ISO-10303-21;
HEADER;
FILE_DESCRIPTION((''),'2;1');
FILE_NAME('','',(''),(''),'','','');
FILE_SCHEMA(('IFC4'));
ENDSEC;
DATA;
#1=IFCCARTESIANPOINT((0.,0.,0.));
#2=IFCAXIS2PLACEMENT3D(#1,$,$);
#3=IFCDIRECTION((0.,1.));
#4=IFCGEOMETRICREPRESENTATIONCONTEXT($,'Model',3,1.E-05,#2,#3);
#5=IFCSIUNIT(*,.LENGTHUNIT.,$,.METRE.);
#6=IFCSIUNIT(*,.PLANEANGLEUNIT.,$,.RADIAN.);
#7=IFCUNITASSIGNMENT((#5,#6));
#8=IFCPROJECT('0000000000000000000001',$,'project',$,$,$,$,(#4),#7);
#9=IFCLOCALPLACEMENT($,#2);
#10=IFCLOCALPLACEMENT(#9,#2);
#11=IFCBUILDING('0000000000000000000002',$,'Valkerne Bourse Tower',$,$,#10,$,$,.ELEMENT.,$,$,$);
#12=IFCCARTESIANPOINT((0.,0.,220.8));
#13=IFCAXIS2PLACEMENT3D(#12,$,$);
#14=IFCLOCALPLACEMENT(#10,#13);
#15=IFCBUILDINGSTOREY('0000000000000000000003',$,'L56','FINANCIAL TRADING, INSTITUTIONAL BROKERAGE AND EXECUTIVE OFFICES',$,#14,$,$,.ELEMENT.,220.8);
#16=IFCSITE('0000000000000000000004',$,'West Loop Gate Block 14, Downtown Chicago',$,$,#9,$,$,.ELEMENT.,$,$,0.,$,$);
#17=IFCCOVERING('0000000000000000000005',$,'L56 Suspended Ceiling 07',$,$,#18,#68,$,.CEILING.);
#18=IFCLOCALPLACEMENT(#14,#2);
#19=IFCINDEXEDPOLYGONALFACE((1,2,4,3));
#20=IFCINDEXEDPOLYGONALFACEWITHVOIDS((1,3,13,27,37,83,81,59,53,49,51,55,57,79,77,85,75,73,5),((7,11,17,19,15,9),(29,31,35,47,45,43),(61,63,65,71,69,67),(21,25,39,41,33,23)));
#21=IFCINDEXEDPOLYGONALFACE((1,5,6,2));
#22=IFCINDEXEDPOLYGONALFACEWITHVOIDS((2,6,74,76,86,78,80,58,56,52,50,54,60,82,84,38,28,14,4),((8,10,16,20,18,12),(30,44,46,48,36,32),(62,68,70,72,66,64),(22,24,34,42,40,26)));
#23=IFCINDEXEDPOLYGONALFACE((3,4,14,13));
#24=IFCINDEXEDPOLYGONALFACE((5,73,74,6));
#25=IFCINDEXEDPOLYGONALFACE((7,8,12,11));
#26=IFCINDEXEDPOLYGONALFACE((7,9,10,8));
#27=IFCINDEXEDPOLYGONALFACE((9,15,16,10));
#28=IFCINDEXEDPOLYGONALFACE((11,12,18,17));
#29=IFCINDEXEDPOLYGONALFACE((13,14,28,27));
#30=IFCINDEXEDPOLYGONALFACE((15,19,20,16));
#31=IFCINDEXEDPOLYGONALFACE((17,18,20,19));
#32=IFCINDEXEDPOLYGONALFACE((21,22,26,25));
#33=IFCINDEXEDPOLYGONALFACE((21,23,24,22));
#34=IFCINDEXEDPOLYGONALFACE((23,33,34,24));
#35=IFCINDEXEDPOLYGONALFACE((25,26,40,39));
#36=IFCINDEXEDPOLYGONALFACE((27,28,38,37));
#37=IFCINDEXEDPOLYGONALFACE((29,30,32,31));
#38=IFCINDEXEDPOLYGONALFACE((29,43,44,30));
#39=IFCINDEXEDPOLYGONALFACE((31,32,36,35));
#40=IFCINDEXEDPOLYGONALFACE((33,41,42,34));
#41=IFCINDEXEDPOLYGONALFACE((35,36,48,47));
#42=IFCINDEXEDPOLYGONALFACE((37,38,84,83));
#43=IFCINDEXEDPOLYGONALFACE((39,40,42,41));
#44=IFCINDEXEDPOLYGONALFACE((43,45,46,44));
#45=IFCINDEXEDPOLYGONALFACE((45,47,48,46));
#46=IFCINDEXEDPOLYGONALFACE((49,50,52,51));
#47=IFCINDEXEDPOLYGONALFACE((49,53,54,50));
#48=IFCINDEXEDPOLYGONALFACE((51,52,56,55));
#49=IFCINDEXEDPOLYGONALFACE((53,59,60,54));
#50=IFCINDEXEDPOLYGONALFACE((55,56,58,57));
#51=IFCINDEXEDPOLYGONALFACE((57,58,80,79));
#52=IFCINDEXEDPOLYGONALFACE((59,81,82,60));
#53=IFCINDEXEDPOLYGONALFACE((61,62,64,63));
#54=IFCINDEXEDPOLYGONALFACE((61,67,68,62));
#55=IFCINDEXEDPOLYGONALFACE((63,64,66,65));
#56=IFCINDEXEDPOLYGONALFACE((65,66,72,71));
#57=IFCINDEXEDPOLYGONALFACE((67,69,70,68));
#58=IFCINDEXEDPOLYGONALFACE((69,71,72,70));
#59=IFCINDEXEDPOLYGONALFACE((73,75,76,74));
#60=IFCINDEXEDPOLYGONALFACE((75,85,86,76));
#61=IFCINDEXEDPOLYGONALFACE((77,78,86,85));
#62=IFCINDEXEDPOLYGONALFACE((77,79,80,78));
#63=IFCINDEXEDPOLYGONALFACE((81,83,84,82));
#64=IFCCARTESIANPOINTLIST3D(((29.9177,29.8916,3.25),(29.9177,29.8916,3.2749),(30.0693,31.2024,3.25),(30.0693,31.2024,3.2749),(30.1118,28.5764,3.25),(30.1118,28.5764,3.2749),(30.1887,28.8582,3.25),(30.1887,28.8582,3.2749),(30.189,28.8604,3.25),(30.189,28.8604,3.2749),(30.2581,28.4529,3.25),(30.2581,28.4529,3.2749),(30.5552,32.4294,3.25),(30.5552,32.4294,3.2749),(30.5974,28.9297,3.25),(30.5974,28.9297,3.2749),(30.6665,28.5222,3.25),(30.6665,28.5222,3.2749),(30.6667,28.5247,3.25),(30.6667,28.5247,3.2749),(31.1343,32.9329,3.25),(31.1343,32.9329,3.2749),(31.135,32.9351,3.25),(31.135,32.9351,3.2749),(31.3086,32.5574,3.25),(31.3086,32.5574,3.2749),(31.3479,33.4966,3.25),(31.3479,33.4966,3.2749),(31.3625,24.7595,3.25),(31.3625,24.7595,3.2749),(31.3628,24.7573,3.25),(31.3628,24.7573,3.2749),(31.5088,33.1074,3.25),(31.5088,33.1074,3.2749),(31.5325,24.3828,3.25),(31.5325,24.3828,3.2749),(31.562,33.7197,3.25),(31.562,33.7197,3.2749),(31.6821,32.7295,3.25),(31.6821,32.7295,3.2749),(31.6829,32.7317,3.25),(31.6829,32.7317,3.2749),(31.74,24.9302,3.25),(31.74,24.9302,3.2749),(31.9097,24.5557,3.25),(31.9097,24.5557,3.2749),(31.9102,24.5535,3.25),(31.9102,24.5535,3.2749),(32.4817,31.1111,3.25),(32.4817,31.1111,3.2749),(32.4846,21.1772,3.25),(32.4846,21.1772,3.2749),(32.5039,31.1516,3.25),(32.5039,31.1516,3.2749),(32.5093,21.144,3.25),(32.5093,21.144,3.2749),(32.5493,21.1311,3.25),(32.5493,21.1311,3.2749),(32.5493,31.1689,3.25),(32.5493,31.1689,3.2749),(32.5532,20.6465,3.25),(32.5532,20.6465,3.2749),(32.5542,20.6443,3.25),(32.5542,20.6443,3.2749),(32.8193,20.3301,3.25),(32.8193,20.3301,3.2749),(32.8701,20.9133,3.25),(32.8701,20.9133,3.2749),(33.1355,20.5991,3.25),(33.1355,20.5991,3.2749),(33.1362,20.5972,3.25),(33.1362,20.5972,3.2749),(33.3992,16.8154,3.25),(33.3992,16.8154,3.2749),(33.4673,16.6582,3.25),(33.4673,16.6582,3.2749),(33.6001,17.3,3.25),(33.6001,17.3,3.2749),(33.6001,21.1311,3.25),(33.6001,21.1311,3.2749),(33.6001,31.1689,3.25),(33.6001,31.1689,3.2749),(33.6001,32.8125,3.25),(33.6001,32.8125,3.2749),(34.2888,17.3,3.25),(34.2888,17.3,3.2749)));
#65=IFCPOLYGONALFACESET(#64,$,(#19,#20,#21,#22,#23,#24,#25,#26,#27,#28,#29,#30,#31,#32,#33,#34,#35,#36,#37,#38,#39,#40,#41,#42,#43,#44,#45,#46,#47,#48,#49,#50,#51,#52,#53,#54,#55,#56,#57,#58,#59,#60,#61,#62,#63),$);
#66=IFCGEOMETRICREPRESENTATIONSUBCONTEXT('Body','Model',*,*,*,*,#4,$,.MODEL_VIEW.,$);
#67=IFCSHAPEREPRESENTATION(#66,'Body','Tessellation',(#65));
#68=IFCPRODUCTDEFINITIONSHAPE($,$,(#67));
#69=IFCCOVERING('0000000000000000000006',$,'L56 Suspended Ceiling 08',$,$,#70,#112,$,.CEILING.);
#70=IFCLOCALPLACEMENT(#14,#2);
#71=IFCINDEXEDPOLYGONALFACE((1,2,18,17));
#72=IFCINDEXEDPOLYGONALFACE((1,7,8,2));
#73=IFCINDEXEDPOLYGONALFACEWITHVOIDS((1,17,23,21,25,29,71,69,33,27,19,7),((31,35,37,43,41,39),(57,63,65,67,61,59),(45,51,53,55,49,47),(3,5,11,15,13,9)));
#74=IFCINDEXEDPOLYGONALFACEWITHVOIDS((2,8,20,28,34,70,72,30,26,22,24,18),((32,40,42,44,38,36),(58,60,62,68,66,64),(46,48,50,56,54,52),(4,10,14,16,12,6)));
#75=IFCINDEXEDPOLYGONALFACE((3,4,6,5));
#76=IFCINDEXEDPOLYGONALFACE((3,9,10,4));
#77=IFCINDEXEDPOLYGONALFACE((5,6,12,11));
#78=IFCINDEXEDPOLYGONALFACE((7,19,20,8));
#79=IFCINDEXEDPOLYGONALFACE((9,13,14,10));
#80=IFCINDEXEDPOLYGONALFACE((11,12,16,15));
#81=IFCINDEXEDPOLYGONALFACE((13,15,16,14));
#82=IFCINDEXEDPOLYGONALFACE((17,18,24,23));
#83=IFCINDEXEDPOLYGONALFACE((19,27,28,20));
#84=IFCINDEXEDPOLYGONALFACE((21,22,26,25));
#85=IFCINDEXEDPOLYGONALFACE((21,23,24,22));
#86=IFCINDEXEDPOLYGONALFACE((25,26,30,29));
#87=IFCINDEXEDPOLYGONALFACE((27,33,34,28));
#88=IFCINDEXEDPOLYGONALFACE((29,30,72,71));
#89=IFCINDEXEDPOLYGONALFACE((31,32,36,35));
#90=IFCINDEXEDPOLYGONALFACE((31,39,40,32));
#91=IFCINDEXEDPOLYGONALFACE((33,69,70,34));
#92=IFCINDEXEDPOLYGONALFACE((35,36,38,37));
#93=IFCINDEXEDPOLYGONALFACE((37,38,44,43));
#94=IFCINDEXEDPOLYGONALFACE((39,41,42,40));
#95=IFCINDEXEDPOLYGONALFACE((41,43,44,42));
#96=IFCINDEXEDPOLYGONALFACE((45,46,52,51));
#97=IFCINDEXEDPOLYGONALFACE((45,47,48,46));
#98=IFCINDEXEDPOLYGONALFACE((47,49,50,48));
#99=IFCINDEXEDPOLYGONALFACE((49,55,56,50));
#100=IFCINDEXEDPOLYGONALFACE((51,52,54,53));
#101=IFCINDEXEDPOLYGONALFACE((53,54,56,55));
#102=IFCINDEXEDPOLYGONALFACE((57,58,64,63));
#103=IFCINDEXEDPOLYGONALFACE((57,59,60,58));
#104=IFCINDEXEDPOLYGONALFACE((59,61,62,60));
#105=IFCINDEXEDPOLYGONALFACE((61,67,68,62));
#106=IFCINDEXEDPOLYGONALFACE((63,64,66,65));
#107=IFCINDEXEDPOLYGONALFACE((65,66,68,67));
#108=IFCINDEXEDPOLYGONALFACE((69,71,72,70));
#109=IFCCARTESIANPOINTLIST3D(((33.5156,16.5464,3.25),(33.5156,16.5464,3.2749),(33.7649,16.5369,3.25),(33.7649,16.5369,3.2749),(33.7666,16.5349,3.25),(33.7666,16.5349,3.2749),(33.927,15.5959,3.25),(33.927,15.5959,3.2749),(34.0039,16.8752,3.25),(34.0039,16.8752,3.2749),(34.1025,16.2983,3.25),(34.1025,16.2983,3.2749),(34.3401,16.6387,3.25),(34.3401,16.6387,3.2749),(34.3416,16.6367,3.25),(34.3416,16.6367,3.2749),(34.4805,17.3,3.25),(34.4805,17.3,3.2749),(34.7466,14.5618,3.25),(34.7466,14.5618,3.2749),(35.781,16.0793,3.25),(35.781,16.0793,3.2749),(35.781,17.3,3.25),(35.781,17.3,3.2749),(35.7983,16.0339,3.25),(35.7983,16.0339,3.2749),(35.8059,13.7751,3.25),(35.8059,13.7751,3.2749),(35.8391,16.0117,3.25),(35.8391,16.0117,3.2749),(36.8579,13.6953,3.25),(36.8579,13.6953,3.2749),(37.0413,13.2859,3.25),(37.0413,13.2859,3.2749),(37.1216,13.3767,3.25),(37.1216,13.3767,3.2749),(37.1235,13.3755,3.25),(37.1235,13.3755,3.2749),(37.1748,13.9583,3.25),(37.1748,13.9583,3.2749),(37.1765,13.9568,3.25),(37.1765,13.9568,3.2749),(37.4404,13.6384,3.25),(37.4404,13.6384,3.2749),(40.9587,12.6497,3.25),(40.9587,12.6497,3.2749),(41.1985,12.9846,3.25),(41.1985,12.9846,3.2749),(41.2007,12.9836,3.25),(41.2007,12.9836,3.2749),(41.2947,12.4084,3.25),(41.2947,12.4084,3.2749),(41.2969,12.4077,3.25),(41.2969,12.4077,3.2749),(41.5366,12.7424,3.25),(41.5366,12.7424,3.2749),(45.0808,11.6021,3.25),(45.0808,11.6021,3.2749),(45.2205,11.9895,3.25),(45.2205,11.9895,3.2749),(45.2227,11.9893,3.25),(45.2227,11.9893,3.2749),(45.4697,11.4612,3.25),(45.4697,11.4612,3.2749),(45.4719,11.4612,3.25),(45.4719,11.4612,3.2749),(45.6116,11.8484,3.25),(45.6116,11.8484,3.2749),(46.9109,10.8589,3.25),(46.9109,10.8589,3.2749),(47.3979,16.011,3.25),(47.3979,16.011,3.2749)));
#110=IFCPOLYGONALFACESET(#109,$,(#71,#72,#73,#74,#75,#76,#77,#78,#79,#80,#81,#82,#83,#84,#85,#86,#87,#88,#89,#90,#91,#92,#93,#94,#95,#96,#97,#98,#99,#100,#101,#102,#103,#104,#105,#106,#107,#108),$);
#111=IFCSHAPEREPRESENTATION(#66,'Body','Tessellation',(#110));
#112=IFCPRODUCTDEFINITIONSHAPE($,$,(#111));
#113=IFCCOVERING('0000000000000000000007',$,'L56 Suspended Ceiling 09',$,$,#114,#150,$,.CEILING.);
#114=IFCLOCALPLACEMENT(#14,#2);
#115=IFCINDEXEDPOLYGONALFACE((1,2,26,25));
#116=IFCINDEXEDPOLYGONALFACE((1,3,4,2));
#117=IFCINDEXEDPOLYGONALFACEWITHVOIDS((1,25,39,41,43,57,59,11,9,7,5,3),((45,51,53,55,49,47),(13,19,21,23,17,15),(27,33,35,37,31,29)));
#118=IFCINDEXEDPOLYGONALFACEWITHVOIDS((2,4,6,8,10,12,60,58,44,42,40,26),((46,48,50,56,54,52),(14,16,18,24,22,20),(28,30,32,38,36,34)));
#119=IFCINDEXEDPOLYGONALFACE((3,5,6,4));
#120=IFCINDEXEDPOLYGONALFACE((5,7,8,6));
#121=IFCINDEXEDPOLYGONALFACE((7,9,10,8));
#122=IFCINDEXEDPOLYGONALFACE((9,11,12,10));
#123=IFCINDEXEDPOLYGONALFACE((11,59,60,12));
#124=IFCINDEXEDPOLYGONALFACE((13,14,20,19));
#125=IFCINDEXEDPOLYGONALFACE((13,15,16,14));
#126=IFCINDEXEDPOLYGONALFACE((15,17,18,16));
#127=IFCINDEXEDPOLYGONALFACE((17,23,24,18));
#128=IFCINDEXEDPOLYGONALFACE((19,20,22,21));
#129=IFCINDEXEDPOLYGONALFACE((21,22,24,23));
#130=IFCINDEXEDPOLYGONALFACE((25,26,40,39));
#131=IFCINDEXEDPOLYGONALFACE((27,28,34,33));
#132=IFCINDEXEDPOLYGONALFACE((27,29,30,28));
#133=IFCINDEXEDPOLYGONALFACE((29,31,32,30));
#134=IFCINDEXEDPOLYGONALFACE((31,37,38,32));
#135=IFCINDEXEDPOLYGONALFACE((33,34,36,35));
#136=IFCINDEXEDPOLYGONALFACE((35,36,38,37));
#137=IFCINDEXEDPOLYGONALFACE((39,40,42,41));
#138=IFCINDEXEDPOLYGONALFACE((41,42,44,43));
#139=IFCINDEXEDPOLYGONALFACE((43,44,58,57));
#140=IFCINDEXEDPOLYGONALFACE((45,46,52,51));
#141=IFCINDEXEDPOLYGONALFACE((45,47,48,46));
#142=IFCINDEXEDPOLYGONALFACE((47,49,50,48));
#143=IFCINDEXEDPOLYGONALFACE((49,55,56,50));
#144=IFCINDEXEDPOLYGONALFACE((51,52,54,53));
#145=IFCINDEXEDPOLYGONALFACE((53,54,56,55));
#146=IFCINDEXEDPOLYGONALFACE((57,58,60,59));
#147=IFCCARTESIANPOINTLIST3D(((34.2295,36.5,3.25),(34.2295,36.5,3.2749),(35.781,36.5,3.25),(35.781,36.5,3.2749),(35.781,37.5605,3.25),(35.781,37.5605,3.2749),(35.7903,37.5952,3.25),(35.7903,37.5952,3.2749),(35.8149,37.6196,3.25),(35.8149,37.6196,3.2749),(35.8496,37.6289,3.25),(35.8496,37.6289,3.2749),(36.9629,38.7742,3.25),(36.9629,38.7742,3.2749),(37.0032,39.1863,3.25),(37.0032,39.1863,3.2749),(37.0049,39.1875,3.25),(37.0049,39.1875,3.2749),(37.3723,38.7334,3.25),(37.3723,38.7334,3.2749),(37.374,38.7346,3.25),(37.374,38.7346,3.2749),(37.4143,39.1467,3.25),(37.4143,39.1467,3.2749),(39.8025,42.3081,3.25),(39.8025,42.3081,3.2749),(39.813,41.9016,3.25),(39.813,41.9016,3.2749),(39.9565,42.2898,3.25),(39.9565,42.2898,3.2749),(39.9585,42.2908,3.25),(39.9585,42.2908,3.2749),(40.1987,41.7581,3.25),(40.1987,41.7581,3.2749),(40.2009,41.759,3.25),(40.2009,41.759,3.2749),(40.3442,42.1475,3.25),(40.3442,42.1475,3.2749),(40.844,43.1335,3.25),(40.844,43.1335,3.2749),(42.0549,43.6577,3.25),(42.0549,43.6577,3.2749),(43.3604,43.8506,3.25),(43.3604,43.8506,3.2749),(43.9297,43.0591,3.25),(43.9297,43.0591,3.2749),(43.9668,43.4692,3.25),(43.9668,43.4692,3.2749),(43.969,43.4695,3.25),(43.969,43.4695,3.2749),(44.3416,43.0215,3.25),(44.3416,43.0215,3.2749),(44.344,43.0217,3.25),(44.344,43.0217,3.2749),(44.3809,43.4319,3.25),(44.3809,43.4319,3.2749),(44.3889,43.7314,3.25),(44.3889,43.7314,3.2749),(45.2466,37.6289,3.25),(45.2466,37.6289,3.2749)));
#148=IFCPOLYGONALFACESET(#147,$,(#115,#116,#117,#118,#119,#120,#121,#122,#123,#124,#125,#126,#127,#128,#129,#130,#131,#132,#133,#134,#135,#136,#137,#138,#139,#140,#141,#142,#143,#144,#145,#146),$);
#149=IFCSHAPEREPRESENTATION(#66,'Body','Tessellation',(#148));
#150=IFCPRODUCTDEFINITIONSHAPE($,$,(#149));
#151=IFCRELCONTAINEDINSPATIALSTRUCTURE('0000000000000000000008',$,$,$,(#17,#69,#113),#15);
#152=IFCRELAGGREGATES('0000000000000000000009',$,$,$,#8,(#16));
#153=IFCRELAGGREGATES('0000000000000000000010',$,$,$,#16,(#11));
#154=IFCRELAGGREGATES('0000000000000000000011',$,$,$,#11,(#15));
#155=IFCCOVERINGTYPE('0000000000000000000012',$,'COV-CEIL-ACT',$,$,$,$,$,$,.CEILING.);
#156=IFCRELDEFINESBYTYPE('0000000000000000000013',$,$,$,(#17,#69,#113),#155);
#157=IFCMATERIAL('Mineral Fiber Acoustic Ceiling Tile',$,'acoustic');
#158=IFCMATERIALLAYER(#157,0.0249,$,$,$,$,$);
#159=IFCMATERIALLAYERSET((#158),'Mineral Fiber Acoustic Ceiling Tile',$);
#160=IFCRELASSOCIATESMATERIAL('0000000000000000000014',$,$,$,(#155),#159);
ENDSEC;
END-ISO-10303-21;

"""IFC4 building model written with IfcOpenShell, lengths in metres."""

from ifc_helpers import new_model, si_unit, direction, frame, origin, place, context, subcontext, project, spatial, polyline, outline, extrude, material, layer, layer_set, type_object, element, save


model = new_model("IFC4")

# Units and contexts
model_context = context("Model", 3, precision=1e-05, world=origin(), true_north=direction((0.0, 1.0)))
body_context = subcontext(model_context, "Body", "Model", "MODEL_VIEW")
ifc_project = project(units=[si_unit("LENGTHUNIT", "METRE"), si_unit("PLANEANGLEUNIT", "RADIAN")], contexts=[model_context])

# Site, building, storey
site_placement = place(None, origin())
site = spatial("IfcSite", under=ifc_project, at=site_placement, Name="West Loop Gate Block 14, Downtown Chicago", CompositionType="ELEMENT", RefElevation=0.0)
building_placement = place(site_placement, origin())
building = spatial("IfcBuilding", under=site, at=building_placement, Name="Valkerne Bourse Tower", CompositionType="ELEMENT")
storey_placement = place(building_placement, frame((0.0, 0.0, 220.8)))
storey = spatial("IfcBuildingStorey", under=building, at=storey_placement, Name="L56", Description="FINANCIAL TRADING, INSTITUTIONAL BROKERAGE AND EXECUTIVE OFFICES", CompositionType="ELEMENT", Elevation=220.8)

# Coverings
ifc_material_1 = material(Name="Mineral Fiber Acoustic Ceiling Tile", Category="acoustic")
ifc_layer_1 = layer(ifc_material_1, 0.0249)
ifc_layer_set_1 = layer_set([ifc_layer_1], Name="Mineral Fiber Acoustic Ceiling Tile")
covering_type_1 = type_object("IfcCoveringType", Name="COV-CEIL-ACT", PredefinedType="CEILING", material=ifc_layer_set_1)
covering_1_placement = place(storey_placement, frame((0.0, 0.0, 3.25)))
element("IfcCovering", 1, at=covering_1_placement, inside=storey, type_object=covering_type_1, Name="L56 Suspended Ceiling 07", PredefinedType="CEILING", context=body_context, shape_type="SweptSolid", body=[
    extrude(outline(polyline([(29.9177, 29.8916), (30.0693, 31.2024), (30.5552, 32.4294), (31.3479, 33.4966), (31.562, 33.7197), (33.6001, 32.8125), (33.6001, 31.1689), (32.5493, 31.1689), (32.5039, 31.1516), (32.4817, 31.1111), (32.4846, 21.1772), (32.5093, 21.144), (32.5493, 21.1311), (33.6001, 21.1311), (33.6001, 17.3), (34.2888, 17.3), (33.4673, 16.6582), (33.3992, 16.8154), (30.1118, 28.5764), (29.9177, 29.8916)]), holes=[polyline([(33.1355, 20.5991), (32.8701, 20.9133), (32.5532, 20.6465), (32.5542, 20.6443), (32.8193, 20.3301), (33.1362, 20.5972), (33.1355, 20.5991)]), polyline([(31.9097, 24.5557), (31.74, 24.9302), (31.3625, 24.7595), (31.3628, 24.7573), (31.5325, 24.3828), (31.9102, 24.5535), (31.9097, 24.5557)]), polyline([(30.6667, 28.5247), (30.5974, 28.9297), (30.189, 28.8604), (30.1887, 28.8582), (30.2581, 28.4529), (30.6665, 28.5222), (30.6667, 28.5247)]), polyline([(31.6829, 32.7317), (31.5088, 33.1074), (31.135, 32.9351), (31.1343, 32.9329), (31.3086, 32.5574), (31.6821, 32.7295), (31.6829, 32.7317)])]), origin(), (0.0, 0.0, 1.0), 0.0249),
])
covering_2_placement = place(storey_placement, frame((0.0, 0.0, 3.25)))
element("IfcCovering", 2, at=covering_2_placement, inside=storey, type_object=covering_type_1, Name="L56 Suspended Ceiling 08", PredefinedType="CEILING", context=body_context, shape_type="SweptSolid", body=[
    extrude(outline(polyline([(34.7466, 14.5618), (33.927, 15.5959), (33.5156, 16.5464), (34.4805, 17.3), (35.781, 17.3), (35.781, 16.0793), (35.7983, 16.0339), (35.8391, 16.0117), (47.3979, 16.011), (46.9109, 10.8589), (37.0413, 13.2859), (35.8059, 13.7751), (34.7466, 14.5618)]), holes=[polyline([(45.2227, 11.9893), (45.2205, 11.9895), (45.0808, 11.6021), (45.4697, 11.4612), (45.4719, 11.4612), (45.6116, 11.8484), (45.2227, 11.9893)]), polyline([(41.2007, 12.9836), (41.1985, 12.9846), (40.9587, 12.6497), (41.2947, 12.4084), (41.2969, 12.4077), (41.5366, 12.7424), (41.2007, 12.9836)]), polyline([(37.1765, 13.9568), (37.1748, 13.9583), (36.8579, 13.6953), (37.1216, 13.3767), (37.1235, 13.3755), (37.4404, 13.6384), (37.1765, 13.9568)]), polyline([(34.3401, 16.6387), (34.0039, 16.8752), (33.7649, 16.5369), (33.7666, 16.5349), (34.1025, 16.2983), (34.3416, 16.6367), (34.3401, 16.6387)])]), origin(), (0.0, 0.0, 1.0), 0.0249),
])
covering_3_placement = place(storey_placement, frame((0.0, 0.0, 3.25)))
element("IfcCovering", 3, at=covering_3_placement, inside=storey, type_object=covering_type_1, Name="L56 Suspended Ceiling 09", PredefinedType="CEILING", context=body_context, shape_type="SweptSolid", body=[
    extrude(outline(polyline([(42.0549, 43.6577), (43.3604, 43.8506), (44.3889, 43.7314), (45.2466, 37.6289), (35.8496, 37.6289), (35.8149, 37.6196), (35.7903, 37.5952), (35.781, 37.5605), (35.781, 36.5), (34.2295, 36.5), (39.8025, 42.3081), (40.844, 43.1335), (42.0549, 43.6577)]), holes=[polyline([(37.374, 38.7346), (37.4143, 39.1467), (37.0049, 39.1875), (37.0032, 39.1863), (36.9629, 38.7742), (37.3723, 38.7334), (37.374, 38.7346)]), polyline([(40.2009, 41.759), (40.3442, 42.1475), (39.9585, 42.2908), (39.9565, 42.2898), (39.813, 41.9016), (40.1987, 41.7581), (40.2009, 41.759)]), polyline([(44.3809, 43.4319), (43.969, 43.4695), (43.9668, 43.4692), (43.9297, 43.0591), (44.3416, 43.0215), (44.344, 43.0217), (44.3809, 43.4319)])]), origin(), (0.0, 0.0, 1.0), 0.0249),
])

save(model, "model.ifc")
